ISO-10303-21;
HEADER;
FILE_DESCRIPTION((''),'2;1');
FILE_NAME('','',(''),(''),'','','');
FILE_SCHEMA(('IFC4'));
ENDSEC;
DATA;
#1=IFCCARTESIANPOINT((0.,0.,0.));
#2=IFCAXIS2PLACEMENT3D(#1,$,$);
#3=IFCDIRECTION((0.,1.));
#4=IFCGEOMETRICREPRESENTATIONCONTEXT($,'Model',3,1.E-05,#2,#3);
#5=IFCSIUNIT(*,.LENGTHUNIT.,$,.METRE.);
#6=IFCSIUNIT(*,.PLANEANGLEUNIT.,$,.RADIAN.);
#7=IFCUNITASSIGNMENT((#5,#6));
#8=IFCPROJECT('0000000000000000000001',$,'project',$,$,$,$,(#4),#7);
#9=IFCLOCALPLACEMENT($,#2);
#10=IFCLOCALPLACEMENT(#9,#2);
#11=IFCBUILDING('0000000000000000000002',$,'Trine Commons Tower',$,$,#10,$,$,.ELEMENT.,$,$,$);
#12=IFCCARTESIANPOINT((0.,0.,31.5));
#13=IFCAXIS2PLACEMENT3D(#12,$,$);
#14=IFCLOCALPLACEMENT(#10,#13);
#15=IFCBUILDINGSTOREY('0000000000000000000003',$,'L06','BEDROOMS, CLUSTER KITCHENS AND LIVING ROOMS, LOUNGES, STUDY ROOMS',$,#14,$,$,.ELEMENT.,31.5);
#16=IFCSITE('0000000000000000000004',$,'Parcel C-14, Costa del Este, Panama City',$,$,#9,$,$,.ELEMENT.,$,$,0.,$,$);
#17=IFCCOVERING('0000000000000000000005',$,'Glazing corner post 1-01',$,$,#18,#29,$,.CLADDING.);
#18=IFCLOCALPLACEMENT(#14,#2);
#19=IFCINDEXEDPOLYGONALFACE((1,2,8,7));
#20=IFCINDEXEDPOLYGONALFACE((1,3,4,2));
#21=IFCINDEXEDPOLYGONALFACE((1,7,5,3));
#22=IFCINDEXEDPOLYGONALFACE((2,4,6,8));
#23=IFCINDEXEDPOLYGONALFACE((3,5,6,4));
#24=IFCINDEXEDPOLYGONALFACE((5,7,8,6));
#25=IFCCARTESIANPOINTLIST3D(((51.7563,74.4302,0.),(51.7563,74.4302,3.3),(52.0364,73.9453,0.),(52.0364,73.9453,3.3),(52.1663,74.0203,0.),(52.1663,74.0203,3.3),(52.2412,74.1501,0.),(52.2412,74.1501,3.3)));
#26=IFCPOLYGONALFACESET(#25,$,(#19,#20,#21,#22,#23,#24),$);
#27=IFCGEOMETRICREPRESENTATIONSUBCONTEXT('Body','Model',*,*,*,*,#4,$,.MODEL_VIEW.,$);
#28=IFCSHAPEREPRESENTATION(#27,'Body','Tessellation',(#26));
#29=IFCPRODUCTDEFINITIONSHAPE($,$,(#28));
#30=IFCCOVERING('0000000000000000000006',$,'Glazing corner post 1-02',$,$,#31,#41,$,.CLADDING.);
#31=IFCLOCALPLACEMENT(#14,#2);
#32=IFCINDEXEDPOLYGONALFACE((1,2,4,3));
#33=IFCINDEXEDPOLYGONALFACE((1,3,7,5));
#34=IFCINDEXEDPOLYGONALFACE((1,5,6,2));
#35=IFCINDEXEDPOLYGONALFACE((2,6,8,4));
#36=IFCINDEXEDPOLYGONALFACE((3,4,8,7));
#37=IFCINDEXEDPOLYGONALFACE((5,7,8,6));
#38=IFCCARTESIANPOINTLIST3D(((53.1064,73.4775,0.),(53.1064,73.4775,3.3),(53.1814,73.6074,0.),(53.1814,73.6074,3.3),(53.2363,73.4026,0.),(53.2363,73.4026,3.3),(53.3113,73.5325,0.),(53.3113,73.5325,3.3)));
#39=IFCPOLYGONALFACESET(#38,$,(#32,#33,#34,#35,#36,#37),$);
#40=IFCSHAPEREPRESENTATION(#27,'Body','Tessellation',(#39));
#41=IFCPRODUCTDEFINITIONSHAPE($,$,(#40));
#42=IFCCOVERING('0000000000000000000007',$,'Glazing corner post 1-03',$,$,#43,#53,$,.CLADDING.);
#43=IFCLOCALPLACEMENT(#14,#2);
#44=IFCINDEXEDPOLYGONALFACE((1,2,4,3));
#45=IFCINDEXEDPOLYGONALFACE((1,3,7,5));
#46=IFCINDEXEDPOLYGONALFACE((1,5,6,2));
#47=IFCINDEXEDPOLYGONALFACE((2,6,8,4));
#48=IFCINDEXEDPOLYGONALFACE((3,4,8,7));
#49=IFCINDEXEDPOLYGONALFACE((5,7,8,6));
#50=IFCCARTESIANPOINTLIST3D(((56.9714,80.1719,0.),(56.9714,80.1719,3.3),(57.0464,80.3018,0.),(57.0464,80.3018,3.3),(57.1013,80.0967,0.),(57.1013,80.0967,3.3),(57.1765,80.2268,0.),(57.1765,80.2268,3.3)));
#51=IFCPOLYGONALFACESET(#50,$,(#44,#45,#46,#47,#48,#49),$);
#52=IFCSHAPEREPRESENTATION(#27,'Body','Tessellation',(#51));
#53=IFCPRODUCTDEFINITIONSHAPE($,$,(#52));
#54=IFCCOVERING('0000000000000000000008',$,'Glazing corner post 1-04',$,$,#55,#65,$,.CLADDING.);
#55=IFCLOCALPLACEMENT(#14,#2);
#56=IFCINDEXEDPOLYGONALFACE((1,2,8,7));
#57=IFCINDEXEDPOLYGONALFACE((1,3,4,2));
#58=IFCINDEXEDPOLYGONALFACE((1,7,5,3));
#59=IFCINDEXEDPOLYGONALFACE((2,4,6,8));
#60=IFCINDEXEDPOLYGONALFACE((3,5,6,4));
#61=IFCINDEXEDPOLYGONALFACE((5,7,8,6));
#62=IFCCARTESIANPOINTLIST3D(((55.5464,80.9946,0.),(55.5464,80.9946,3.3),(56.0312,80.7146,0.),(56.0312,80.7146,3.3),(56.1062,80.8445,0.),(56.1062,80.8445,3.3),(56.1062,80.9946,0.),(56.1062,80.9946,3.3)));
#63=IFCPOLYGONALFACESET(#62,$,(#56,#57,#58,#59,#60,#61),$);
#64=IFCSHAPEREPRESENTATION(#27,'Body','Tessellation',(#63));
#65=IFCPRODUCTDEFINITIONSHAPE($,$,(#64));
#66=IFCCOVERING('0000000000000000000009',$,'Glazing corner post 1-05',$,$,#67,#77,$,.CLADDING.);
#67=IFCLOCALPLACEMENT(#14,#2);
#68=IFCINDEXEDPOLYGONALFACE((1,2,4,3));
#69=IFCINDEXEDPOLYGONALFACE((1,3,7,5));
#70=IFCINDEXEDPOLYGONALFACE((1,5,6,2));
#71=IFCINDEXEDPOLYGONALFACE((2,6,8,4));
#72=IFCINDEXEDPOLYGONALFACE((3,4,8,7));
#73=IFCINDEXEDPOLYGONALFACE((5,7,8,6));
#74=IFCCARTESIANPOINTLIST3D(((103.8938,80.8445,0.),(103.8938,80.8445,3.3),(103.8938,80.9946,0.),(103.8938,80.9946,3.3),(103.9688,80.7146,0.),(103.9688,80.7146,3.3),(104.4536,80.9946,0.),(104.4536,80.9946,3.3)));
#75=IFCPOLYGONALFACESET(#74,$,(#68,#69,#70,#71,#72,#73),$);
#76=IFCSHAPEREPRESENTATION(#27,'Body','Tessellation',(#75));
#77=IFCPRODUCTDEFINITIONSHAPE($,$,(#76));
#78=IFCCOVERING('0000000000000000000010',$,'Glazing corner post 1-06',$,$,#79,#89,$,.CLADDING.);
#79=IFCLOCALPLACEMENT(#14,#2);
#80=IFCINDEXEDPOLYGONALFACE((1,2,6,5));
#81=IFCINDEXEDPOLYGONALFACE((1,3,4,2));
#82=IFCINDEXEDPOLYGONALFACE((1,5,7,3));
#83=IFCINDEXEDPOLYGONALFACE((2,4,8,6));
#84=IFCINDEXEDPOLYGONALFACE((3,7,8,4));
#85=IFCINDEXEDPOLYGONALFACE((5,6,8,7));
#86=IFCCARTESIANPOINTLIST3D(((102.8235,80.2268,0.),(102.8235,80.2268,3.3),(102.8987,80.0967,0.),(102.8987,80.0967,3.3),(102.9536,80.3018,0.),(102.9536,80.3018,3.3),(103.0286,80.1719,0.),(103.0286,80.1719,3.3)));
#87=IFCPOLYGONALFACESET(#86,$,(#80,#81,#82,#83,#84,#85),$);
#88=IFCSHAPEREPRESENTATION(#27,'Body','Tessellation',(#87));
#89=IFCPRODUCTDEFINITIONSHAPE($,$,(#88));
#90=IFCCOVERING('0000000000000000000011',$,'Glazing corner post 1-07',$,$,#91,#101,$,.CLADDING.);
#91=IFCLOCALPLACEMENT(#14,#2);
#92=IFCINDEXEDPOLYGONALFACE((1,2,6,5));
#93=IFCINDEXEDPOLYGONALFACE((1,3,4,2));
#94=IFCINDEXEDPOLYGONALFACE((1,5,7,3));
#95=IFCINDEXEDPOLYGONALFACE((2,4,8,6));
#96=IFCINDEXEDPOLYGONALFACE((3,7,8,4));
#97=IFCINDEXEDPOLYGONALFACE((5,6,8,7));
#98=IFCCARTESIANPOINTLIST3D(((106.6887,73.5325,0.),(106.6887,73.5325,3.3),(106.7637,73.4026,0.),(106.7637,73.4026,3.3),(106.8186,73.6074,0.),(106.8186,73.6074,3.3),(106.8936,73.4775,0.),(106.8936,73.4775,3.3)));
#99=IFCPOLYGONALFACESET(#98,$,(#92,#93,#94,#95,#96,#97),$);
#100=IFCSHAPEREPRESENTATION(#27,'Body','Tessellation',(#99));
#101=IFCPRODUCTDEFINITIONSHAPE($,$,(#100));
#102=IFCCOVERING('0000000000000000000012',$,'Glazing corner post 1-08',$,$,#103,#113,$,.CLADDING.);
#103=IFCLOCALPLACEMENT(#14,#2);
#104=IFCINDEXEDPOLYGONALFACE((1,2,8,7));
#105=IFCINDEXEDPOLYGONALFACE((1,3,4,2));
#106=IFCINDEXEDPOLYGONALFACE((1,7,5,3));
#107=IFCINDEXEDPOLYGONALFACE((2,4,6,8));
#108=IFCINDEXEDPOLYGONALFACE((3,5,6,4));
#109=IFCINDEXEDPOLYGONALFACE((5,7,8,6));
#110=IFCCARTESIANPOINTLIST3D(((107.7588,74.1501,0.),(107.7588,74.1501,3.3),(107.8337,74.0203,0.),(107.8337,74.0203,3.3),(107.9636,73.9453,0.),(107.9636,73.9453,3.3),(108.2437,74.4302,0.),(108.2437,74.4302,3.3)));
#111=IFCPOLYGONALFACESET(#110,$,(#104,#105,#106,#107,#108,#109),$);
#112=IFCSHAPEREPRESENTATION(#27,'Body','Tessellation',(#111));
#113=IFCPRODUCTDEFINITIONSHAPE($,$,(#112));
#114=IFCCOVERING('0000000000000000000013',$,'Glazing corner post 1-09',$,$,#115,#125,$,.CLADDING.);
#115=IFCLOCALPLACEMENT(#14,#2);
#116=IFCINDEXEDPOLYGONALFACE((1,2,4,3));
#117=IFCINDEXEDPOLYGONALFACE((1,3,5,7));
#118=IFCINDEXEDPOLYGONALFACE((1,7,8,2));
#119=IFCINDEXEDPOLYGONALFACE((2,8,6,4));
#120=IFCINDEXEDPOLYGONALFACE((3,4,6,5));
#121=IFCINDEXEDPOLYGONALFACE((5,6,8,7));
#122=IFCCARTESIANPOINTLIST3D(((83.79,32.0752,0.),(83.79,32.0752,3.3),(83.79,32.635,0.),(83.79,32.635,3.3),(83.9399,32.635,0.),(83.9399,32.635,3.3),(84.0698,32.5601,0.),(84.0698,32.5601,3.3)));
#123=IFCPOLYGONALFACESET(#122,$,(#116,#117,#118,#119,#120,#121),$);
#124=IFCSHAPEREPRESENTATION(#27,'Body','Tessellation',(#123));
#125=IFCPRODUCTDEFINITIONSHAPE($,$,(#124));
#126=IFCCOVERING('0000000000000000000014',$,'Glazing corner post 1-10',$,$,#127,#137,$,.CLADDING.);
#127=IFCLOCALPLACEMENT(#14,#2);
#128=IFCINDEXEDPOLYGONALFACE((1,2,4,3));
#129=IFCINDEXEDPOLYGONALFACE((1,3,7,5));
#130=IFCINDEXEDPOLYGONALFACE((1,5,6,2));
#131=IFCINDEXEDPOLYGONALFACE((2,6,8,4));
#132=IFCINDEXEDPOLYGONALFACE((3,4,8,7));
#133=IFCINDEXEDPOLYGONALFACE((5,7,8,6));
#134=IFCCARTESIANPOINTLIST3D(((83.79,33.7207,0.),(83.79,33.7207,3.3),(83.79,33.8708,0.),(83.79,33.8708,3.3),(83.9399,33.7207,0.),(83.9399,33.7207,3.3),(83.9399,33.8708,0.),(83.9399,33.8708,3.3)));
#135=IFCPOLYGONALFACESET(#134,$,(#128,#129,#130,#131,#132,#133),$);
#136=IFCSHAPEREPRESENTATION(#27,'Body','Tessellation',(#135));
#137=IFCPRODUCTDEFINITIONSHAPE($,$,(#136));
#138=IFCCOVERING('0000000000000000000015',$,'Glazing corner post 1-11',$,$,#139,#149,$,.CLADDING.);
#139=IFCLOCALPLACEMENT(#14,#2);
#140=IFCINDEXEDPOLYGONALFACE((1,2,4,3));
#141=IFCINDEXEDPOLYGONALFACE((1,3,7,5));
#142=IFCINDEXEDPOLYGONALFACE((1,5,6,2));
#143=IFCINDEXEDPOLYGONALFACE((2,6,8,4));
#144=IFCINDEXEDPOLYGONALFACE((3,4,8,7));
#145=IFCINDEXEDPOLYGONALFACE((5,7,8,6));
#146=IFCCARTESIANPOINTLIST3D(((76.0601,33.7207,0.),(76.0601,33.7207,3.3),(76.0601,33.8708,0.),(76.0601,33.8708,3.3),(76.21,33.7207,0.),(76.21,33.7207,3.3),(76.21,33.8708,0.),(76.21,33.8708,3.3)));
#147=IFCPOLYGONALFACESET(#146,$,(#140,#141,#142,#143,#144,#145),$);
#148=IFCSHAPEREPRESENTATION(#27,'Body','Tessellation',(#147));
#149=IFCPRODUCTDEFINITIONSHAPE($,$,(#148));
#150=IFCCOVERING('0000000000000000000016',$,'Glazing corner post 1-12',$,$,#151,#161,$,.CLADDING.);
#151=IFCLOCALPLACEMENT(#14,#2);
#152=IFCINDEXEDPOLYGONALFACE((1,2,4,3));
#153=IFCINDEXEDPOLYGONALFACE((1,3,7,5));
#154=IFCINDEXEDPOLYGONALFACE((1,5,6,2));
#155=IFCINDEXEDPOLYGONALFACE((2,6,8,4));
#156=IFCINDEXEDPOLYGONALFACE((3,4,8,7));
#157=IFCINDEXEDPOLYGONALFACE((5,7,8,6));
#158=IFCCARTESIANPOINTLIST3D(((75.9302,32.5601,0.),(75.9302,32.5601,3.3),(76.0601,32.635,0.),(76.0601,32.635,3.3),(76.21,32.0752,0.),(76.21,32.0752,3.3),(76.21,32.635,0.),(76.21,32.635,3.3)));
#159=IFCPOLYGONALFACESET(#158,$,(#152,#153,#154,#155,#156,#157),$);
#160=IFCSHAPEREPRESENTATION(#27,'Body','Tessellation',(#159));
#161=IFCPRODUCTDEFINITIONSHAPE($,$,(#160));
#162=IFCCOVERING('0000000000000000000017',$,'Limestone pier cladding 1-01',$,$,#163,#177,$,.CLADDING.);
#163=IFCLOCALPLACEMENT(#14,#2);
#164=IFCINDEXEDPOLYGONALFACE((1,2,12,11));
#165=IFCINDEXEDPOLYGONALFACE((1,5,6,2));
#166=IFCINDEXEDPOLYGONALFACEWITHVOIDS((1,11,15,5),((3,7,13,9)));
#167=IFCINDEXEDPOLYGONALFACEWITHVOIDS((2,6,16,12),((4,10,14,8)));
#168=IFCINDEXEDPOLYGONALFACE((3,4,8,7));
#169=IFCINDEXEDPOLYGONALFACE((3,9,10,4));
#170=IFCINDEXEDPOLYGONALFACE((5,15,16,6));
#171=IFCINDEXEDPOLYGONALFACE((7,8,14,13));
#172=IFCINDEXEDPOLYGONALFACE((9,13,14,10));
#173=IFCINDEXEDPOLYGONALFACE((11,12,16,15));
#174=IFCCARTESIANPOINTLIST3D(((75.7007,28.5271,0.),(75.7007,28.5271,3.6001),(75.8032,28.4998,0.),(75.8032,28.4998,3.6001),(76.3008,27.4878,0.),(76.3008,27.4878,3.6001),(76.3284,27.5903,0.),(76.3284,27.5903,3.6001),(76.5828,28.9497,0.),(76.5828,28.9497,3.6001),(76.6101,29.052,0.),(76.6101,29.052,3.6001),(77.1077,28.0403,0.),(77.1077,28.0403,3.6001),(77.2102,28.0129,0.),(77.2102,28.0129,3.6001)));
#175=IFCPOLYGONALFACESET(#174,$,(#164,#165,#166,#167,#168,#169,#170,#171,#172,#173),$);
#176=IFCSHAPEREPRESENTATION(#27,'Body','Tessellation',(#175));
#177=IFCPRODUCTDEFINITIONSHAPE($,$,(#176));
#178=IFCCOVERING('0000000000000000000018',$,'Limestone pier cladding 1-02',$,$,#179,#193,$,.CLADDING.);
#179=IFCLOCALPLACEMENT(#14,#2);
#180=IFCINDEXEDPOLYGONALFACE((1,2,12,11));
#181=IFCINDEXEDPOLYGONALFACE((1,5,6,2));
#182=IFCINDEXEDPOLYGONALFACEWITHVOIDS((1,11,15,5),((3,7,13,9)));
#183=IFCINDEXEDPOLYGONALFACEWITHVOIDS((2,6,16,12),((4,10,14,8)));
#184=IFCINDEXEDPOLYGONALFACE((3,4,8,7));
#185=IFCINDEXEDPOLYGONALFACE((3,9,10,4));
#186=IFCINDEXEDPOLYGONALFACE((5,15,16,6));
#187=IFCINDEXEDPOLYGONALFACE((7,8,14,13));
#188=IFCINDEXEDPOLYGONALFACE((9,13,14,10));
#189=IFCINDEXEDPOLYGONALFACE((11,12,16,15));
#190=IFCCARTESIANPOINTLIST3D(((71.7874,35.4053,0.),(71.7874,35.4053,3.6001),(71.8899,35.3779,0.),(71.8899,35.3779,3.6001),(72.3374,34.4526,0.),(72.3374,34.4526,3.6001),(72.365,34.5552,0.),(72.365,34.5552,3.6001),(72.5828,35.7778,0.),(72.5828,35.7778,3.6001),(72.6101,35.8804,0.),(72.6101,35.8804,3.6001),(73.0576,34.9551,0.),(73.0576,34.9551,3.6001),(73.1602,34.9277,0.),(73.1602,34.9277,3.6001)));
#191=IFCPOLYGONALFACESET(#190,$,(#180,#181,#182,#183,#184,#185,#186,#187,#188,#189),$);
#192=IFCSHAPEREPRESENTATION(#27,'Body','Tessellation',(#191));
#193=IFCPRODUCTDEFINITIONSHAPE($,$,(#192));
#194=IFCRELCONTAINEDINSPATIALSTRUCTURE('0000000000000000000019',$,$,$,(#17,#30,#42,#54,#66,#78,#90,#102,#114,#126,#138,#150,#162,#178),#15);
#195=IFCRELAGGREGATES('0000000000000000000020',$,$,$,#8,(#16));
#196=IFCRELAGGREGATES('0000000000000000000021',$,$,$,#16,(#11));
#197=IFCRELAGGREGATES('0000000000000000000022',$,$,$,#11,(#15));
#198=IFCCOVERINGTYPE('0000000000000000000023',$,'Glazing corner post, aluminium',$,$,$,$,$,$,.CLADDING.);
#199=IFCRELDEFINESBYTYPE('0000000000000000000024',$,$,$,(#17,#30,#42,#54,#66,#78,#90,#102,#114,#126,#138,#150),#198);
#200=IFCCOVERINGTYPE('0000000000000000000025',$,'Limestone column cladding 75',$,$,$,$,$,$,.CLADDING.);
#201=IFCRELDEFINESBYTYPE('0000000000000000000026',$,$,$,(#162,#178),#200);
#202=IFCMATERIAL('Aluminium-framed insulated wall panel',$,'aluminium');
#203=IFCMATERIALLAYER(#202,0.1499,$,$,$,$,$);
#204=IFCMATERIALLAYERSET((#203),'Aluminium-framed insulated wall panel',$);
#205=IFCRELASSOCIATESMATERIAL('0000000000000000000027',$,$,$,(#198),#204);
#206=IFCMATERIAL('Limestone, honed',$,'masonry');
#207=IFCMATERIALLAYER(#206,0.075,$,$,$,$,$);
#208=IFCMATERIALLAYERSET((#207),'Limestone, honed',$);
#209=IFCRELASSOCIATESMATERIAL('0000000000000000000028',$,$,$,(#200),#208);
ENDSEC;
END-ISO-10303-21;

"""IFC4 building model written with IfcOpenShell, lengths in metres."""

from ifc_helpers import new_model, si_unit, direction, frame, origin, place, context, subcontext, project, spatial, polyline, outline, extrude, material, layer, layer_set, type_object, element, save


model = new_model("IFC4")

# Units and contexts
model_context = context("Model", 3, precision=1e-05, world=origin(), true_north=direction((0.0, 1.0)))
body_context = subcontext(model_context, "Body", "Model", "MODEL_VIEW")
ifc_project = project(units=[si_unit("LENGTHUNIT", "METRE"), si_unit("PLANEANGLEUNIT", "RADIAN")], contexts=[model_context])

# Site, building, storey
site_placement = place(None, origin())
site = spatial("IfcSite", under=ifc_project, at=site_placement, Name="Parcel C-14, Costa del Este, Panama City", CompositionType="ELEMENT", RefElevation=0.0)
building_placement = place(site_placement, origin())
building = spatial("IfcBuilding", under=site, at=building_placement, Name="Trine Commons Tower", CompositionType="ELEMENT")
storey_placement = place(building_placement, frame((0.0, 0.0, 31.5)))
storey = spatial("IfcBuildingStorey", under=building, at=storey_placement, Name="L06", Description="BEDROOMS, CLUSTER KITCHENS AND LIVING ROOMS, LOUNGES, STUDY ROOMS", CompositionType="ELEMENT", Elevation=31.5)

# Coverings
ifc_material_1 = material(Name="Aluminium-framed insulated wall panel", Category="aluminium")
ifc_layer_1 = layer(ifc_material_1, 0.1499)
ifc_layer_set_1 = layer_set([ifc_layer_1], Name="Aluminium-framed insulated wall panel")
covering_type_1 = type_object("IfcCoveringType", Name="Glazing corner post, aluminium", PredefinedType="CLADDING", material=ifc_layer_set_1)
covering_1_placement = place(storey_placement, origin())
element("IfcCovering", 1, at=covering_1_placement, inside=storey, type_object=covering_type_1, Name="Glazing corner post 1-01", PredefinedType="CLADDING", context=body_context, shape_type="SweptSolid", body=[
    extrude(outline(polyline([(51.7563, 74.4302), (51.7563, 74.4302), (52.0364, 73.9453), (52.1663, 74.0203), (52.1663, 74.0203), (52.1663, 74.0203), (52.1663, 74.0203), (52.2412, 74.1501), (51.7563, 74.4302)])), origin(), (0.0, 0.0, 1.0), 3.3),
])
covering_2_placement = place(storey_placement, origin())
element("IfcCovering", 2, at=covering_2_placement, inside=storey, type_object=covering_type_1, Name="Glazing corner post 1-02", PredefinedType="CLADDING", context=body_context, shape_type="SweptSolid", body=[
    extrude(outline(polyline([(53.1064, 73.4775), (53.2363, 73.4026), (53.3113, 73.5325), (53.1814, 73.6074), (53.1064, 73.4775)])), origin(), (0.0, 0.0, 1.0), 3.3),
])
covering_3_placement = place(storey_placement, origin())
element("IfcCovering", 3, at=covering_3_placement, inside=storey, type_object=covering_type_1, Name="Glazing corner post 1-03", PredefinedType="CLADDING", context=body_context, shape_type="SweptSolid", body=[
    extrude(outline(polyline([(57.1013, 80.0967), (57.1765, 80.2268), (57.0464, 80.3018), (56.9714, 80.1719), (57.1013, 80.0967)])), origin(), (0.0, 0.0, 1.0), 3.3),
])
covering_4_placement = place(storey_placement, origin())
element("IfcCovering", 4, at=covering_4_placement, inside=storey, type_object=covering_type_1, Name="Glazing corner post 1-04", PredefinedType="CLADDING", context=body_context, shape_type="SweptSolid", body=[
    extrude(outline(polyline([(56.0312, 80.7146), (56.1062, 80.8445), (56.1062, 80.9946), (55.5464, 80.9946), (56.0312, 80.7146)])), origin(), (0.0, 0.0, 1.0), 3.3),
])
covering_5_placement = place(storey_placement, origin())
element("IfcCovering", 5, at=covering_5_placement, inside=storey, type_object=covering_type_1, Name="Glazing corner post 1-05", PredefinedType="CLADDING", context=body_context, shape_type="SweptSolid", body=[
    extrude(outline(polyline([(103.9688, 80.7146), (104.4536, 80.9946), (103.8938, 80.9946), (103.8938, 80.8445), (103.9688, 80.7146)])), origin(), (0.0, 0.0, 1.0), 3.3),
])
covering_6_placement = place(storey_placement, origin())
element("IfcCovering", 6, at=covering_6_placement, inside=storey, type_object=covering_type_1, Name="Glazing corner post 1-06", PredefinedType="CLADDING", context=body_context, shape_type="SweptSolid", body=[
    extrude(outline(polyline([(102.8987, 80.0967), (103.0286, 80.1719), (102.9536, 80.3018), (102.8235, 80.2268), (102.8987, 80.0967)])), origin(), (0.0, 0.0, 1.0), 3.3),
])
covering_7_placement = place(storey_placement, origin())
element("IfcCovering", 7, at=covering_7_placement, inside=storey, type_object=covering_type_1, Name="Glazing corner post 1-07", PredefinedType="CLADDING", context=body_context, shape_type="SweptSolid", body=[
    extrude(outline(polyline([(106.6887, 73.5325), (106.7637, 73.4026), (106.8936, 73.4775), (106.8186, 73.6074), (106.6887, 73.5325)])), origin(), (0.0, 0.0, 1.0), 3.3),
])
covering_8_placement = place(storey_placement, origin())
element("IfcCovering", 8, at=covering_8_placement, inside=storey, type_object=covering_type_1, Name="Glazing corner post 1-08", PredefinedType="CLADDING", context=body_context, shape_type="SweptSolid", body=[
    extrude(outline(polyline([(107.9636, 73.9453), (108.2437, 74.4302), (107.7588, 74.1501), (107.8337, 74.0203), (107.9636, 73.9453)])), origin(), (0.0, 0.0, 1.0), 3.3),
])
covering_9_placement = place(storey_placement, origin())
element("IfcCovering", 9, at=covering_9_placement, inside=storey, type_object=covering_type_1, Name="Glazing corner post 1-09", PredefinedType="CLADDING", context=body_context, shape_type="SweptSolid", body=[
    extrude(outline(polyline([(83.79, 32.635), (83.79, 32.0752), (84.0698, 32.5601), (83.9399, 32.635), (83.9399, 32.635), (83.79, 32.635)])), origin(), (0.0, 0.0, 1.0), 3.3),
])
covering_10_placement = place(storey_placement, origin())
element("IfcCovering", 10, at=covering_10_placement, inside=storey, type_object=covering_type_1, Name="Glazing corner post 1-10", PredefinedType="CLADDING", context=body_context, shape_type="SweptSolid", body=[
    extrude(outline(polyline([(83.9399, 33.7207), (83.9399, 33.8708), (83.79, 33.8708), (83.79, 33.7207), (83.9399, 33.7207)])), origin(), (0.0, 0.0, 1.0), 3.3),
])
covering_11_placement = place(storey_placement, origin())
element("IfcCovering", 11, at=covering_11_placement, inside=storey, type_object=covering_type_1, Name="Glazing corner post 1-11", PredefinedType="CLADDING", context=body_context, shape_type="SweptSolid", body=[
    extrude(outline(polyline([(76.21, 33.8708), (76.0601, 33.8708), (76.0601, 33.7207), (76.21, 33.7207), (76.21, 33.8708)])), origin(), (0.0, 0.0, 1.0), 3.3),
])
covering_12_placement = place(storey_placement, origin())
element("IfcCovering", 12, at=covering_12_placement, inside=storey, type_object=covering_type_1, Name="Glazing corner post 1-12", PredefinedType="CLADDING", context=body_context, shape_type="SweptSolid", body=[
    extrude(outline(polyline([(75.9302, 32.5601), (76.21, 32.0752), (76.21, 32.635), (76.0601, 32.635), (75.9302, 32.5601)])), origin(), (0.0, 0.0, 1.0), 3.3),
])
ifc_material_2 = material(Name="Limestone, honed", Category="masonry")
ifc_layer_2 = layer(ifc_material_2, 0.075)
ifc_layer_set_2 = layer_set([ifc_layer_2], Name="Limestone, honed")
covering_type_2 = type_object("IfcCoveringType", Name="Limestone column cladding 75", PredefinedType="CLADDING", material=ifc_layer_set_2)
covering_13_placement = place(storey_placement, origin())
element("IfcCovering", 13, at=covering_13_placement, inside=storey, type_object=covering_type_2, Name="Limestone pier cladding 1-01", PredefinedType="CLADDING", context=body_context, shape_type="SweptSolid", body=[
    extrude(outline(polyline([(76.6101, 29.052), (75.7007, 28.5271), (76.3008, 27.4878), (77.2102, 28.0129), (76.6101, 29.052)]), holes=[polyline([(76.5828, 28.9497), (75.8032, 28.4998), (76.3284, 27.5903), (77.1077, 28.0403), (76.5828, 28.9497)])]), origin(), (0.0, 0.0, 1.0), 3.6001),
])
covering_14_placement = place(storey_placement, origin())
element("IfcCovering", 14, at=covering_14_placement, inside=storey, type_object=covering_type_2, Name="Limestone pier cladding 1-02", PredefinedType="CLADDING", context=body_context, shape_type="SweptSolid", body=[
    extrude(outline(polyline([(72.6101, 35.8804), (71.7874, 35.4053), (72.3374, 34.4526), (73.1602, 34.9277), (72.6101, 35.8804)]), holes=[polyline([(72.5828, 35.7778), (71.8899, 35.3779), (72.365, 34.5552), (73.0576, 34.9551), (72.5828, 35.7778)])]), origin(), (0.0, 0.0, 1.0), 3.6001),
])

save(model, "model.ifc")
